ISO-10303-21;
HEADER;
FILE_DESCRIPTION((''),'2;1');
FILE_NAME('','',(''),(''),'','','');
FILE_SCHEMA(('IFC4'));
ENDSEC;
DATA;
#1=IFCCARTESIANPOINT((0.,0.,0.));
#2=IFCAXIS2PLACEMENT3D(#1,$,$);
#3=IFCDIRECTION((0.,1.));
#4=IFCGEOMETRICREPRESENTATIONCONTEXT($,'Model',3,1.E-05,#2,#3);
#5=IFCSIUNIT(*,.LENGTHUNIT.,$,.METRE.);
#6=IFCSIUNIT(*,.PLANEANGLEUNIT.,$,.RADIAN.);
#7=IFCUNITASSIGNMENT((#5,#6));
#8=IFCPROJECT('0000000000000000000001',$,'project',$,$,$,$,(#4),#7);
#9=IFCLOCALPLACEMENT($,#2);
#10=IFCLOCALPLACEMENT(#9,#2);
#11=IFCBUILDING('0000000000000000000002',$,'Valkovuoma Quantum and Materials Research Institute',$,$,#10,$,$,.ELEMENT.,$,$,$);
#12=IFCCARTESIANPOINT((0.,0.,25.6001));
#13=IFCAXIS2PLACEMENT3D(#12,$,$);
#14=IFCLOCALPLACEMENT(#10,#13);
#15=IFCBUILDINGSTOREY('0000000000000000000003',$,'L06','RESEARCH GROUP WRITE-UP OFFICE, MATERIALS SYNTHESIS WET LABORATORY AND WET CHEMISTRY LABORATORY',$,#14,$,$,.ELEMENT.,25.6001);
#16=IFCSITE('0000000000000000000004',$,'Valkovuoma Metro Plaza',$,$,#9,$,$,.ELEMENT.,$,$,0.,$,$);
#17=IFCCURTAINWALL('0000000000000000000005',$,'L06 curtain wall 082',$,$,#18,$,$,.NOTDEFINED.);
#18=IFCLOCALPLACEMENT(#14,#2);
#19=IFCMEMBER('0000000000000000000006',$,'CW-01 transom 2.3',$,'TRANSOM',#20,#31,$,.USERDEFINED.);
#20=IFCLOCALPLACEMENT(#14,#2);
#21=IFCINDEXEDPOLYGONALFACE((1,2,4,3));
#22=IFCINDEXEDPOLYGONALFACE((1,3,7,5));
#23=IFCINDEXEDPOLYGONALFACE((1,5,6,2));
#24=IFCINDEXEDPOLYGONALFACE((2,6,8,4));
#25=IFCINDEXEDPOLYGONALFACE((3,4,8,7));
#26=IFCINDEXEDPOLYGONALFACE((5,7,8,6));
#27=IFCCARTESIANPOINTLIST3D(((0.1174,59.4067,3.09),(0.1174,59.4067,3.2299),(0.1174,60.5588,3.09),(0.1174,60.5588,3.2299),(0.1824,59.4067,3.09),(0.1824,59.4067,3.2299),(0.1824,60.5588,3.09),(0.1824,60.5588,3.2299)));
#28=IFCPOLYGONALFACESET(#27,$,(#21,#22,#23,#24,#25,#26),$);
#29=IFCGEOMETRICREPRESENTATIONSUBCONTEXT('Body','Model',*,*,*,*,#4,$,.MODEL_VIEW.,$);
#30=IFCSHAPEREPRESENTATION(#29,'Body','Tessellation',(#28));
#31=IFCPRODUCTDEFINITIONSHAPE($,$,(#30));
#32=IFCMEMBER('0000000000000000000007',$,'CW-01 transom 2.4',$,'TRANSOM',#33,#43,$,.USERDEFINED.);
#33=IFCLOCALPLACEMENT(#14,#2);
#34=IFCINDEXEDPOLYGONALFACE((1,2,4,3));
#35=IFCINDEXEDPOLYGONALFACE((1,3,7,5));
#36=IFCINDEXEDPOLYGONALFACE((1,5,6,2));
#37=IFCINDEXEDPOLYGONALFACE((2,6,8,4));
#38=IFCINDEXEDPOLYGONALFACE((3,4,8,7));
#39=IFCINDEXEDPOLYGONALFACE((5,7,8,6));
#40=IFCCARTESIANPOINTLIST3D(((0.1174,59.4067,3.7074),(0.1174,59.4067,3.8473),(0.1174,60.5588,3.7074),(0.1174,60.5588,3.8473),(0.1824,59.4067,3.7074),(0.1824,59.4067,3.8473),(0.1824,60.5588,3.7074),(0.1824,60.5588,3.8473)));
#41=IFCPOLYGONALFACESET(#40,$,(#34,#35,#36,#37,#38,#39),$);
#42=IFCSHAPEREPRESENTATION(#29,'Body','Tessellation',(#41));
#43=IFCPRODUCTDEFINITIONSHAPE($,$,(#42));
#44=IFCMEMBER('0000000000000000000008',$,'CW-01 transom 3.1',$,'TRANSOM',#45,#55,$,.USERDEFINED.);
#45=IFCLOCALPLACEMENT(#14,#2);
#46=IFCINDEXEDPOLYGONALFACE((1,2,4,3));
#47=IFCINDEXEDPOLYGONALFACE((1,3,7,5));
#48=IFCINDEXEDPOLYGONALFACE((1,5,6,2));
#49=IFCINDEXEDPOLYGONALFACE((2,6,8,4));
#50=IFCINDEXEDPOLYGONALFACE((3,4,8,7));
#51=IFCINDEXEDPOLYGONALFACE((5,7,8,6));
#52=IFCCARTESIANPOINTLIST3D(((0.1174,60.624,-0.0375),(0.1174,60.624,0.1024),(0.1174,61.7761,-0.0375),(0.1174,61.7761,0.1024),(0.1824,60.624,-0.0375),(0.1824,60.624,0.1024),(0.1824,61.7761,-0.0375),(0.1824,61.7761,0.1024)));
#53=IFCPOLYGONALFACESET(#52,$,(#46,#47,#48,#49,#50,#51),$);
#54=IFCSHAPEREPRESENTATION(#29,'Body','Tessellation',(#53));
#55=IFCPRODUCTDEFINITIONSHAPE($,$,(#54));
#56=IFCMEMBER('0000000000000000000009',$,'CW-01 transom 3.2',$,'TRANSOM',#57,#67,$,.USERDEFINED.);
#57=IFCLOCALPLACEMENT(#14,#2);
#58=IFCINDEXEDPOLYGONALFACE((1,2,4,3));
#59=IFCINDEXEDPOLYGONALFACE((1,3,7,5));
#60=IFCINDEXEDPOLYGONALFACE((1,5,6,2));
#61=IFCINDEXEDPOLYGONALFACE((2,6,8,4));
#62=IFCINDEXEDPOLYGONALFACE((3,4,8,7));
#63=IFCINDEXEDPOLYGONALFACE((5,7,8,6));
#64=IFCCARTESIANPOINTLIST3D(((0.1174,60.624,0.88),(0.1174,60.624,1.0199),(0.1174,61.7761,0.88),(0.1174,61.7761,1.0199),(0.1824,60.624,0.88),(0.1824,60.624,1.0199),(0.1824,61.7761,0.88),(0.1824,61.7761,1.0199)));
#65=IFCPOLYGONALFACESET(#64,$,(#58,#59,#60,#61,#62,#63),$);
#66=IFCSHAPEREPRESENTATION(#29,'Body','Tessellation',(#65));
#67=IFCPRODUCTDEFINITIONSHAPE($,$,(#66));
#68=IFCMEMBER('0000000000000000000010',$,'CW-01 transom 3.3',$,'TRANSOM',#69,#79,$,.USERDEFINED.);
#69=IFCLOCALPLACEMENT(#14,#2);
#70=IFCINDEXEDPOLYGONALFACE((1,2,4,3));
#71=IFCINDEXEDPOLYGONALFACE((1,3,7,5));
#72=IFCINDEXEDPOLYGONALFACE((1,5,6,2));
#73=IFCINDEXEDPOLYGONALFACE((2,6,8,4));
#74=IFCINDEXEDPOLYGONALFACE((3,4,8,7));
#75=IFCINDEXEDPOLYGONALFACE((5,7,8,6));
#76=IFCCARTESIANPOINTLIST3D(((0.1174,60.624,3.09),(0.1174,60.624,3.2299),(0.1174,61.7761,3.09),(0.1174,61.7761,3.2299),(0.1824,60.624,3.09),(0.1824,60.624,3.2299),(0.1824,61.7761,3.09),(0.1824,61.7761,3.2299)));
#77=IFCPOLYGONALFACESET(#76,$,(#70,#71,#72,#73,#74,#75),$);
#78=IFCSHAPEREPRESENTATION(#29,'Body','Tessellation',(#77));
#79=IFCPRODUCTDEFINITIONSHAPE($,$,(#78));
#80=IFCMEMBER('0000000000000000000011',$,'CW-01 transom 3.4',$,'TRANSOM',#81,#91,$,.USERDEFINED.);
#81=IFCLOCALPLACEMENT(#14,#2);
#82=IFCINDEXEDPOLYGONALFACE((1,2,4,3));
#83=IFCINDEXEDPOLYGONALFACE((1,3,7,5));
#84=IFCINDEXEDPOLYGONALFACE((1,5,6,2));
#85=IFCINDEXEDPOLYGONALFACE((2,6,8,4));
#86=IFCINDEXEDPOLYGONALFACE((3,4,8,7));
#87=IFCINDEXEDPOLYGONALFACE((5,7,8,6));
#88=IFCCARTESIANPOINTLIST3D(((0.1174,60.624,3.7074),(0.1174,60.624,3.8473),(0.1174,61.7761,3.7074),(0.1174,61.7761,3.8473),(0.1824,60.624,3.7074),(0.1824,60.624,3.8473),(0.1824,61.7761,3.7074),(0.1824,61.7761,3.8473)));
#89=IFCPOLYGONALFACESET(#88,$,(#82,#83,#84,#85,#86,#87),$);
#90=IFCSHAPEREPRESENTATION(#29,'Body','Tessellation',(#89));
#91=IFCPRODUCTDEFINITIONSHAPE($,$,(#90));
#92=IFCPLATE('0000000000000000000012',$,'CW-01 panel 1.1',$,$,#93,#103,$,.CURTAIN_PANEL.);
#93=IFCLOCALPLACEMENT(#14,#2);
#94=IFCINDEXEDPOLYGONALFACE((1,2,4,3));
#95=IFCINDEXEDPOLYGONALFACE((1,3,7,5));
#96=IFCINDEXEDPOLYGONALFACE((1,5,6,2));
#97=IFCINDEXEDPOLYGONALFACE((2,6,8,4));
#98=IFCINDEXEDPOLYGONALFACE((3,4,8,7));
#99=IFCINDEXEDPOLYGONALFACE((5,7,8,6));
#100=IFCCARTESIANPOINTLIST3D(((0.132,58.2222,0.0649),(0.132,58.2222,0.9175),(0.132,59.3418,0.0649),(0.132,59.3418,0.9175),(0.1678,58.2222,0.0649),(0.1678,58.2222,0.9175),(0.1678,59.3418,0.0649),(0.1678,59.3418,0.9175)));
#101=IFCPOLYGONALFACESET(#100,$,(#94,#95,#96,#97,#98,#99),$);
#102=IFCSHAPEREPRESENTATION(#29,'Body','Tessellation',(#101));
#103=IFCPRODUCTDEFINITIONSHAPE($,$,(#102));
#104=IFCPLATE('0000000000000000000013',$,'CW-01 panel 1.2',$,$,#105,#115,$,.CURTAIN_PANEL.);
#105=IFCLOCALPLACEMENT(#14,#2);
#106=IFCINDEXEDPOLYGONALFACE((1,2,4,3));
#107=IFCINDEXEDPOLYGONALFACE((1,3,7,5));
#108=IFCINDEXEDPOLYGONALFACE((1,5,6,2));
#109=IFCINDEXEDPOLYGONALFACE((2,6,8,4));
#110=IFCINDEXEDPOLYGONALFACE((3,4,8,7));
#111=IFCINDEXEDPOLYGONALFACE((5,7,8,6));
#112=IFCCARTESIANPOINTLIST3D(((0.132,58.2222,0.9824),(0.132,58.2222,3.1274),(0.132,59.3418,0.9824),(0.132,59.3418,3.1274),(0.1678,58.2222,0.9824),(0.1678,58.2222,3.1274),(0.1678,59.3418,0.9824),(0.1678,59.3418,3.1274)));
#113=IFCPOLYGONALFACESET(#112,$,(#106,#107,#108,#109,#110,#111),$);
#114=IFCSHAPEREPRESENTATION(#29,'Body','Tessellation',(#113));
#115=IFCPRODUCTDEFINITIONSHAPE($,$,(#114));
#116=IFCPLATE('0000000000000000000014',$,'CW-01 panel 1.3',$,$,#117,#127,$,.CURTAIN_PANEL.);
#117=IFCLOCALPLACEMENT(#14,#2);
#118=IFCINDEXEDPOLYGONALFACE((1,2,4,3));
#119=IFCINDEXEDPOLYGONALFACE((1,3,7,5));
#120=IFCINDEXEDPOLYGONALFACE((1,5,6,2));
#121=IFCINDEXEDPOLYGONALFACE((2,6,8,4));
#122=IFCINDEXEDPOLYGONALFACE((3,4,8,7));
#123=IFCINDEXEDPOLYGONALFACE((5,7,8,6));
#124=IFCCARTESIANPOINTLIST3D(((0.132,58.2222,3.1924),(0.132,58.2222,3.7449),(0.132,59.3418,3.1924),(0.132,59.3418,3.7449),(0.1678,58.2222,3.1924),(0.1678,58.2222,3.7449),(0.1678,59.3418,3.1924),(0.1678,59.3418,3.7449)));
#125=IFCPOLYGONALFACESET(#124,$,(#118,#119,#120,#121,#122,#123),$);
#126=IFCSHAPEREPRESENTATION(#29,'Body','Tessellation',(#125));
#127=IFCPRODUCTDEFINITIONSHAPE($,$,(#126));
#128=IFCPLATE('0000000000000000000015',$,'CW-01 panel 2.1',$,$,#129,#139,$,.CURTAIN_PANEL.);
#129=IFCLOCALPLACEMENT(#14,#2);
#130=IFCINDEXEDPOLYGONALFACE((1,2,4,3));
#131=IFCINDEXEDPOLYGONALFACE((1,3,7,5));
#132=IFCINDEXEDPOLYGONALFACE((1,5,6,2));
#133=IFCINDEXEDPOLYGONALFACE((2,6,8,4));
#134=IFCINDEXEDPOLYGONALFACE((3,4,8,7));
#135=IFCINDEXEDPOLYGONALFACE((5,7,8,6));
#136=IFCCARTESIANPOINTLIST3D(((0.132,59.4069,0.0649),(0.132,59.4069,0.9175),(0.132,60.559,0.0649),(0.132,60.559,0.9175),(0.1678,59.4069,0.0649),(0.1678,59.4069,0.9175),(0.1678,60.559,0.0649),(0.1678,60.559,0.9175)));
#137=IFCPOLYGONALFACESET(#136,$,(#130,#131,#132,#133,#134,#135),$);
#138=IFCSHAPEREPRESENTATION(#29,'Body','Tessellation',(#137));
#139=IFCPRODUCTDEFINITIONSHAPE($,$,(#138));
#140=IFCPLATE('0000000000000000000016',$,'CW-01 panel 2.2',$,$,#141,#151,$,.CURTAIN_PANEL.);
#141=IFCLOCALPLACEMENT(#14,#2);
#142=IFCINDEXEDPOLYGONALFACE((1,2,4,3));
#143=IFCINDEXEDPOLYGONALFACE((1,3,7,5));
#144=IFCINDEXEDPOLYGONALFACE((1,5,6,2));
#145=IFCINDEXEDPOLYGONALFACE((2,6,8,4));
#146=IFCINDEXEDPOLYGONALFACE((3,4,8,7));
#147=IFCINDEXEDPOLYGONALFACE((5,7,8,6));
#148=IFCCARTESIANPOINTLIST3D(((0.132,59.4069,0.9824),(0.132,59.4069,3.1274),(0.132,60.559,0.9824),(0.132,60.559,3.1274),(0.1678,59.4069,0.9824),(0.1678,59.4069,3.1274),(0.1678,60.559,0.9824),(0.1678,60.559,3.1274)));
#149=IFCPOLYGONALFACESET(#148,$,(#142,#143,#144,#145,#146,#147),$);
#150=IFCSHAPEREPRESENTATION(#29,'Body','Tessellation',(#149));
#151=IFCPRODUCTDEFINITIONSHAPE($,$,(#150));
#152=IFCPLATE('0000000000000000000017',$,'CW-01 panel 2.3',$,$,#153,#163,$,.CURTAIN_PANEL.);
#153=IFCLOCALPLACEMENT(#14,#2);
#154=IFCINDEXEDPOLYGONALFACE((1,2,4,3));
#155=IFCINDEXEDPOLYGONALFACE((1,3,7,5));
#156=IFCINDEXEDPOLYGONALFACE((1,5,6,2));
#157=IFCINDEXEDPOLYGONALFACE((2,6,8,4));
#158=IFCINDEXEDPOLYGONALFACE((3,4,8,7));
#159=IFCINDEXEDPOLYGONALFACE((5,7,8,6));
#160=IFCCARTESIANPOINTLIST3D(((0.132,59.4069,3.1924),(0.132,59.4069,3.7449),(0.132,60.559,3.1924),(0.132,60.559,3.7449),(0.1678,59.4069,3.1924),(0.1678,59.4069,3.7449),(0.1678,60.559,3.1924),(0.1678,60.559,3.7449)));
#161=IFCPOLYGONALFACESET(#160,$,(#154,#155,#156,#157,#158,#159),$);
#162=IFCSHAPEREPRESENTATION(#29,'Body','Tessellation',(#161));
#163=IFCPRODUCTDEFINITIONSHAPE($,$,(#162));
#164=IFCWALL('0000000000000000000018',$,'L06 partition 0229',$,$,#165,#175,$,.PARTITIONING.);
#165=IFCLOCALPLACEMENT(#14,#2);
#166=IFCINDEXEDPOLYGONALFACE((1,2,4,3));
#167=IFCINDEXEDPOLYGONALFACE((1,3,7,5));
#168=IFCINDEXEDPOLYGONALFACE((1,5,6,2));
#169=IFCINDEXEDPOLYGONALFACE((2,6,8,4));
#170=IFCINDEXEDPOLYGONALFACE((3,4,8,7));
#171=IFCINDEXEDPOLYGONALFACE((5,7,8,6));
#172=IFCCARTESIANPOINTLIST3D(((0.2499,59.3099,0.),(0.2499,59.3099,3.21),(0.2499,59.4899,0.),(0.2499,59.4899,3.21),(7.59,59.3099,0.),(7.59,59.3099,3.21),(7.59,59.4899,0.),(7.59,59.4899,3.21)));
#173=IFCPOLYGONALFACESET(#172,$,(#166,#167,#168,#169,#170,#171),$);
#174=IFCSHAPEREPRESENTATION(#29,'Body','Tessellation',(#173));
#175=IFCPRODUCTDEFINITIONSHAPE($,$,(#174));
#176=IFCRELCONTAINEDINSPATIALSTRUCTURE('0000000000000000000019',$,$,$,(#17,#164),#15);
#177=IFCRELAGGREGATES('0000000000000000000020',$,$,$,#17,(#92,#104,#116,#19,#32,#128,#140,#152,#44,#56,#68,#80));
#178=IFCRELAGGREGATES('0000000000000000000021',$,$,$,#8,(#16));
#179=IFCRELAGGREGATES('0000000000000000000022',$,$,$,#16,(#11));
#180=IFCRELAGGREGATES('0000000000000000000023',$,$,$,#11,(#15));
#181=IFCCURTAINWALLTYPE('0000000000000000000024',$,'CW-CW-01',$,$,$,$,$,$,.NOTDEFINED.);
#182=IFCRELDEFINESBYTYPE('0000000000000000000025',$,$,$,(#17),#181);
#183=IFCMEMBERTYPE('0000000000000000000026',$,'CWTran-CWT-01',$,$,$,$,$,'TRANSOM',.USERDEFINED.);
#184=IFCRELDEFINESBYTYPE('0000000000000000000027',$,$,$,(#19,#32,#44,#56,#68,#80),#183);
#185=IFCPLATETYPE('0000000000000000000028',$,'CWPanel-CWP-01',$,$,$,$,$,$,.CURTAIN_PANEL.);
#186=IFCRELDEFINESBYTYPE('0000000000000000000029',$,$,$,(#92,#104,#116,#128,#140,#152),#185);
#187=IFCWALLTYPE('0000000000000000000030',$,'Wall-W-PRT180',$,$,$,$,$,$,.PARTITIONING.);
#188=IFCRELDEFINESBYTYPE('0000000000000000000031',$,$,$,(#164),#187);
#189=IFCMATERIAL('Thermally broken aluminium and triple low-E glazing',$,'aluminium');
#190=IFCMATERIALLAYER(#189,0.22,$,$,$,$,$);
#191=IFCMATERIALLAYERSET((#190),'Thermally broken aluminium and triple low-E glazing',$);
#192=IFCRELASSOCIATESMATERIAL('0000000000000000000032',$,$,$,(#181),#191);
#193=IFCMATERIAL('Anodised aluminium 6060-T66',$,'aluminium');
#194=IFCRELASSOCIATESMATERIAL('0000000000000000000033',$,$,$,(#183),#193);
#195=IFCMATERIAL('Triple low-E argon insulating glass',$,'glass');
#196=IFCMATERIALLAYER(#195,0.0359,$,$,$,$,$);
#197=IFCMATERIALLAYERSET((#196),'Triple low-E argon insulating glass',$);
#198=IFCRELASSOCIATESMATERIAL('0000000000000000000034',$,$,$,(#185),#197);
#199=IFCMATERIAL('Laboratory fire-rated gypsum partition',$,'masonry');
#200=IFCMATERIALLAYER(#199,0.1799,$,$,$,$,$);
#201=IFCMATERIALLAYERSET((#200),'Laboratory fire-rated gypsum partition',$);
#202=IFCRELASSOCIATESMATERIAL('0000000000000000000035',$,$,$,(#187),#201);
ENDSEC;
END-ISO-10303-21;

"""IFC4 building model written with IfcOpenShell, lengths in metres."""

from ifc_helpers import new_model, si_unit, direction, frame, frame_2d, origin, origin_2d, place, context, subcontext, project, spatial, rectangle, extrude, material, layer, layer_set, material_profile, profile_set, type_object, element, aggregate, save


model = new_model("IFC4")

# Units and contexts
model_context = context("Model", 3, precision=1e-05, world=origin(), true_north=direction((0.0, 1.0)))
body_context = subcontext(model_context, "Body", "Model", "MODEL_VIEW")
ifc_project = project(units=[si_unit("LENGTHUNIT", "METRE"), si_unit("PLANEANGLEUNIT", "RADIAN")], contexts=[model_context])

# Site, building, storey
site_placement = place(None, origin())
site = spatial("IfcSite", under=ifc_project, at=site_placement, Name="Valkovuoma Metro Plaza", CompositionType="ELEMENT", RefElevation=0.0)
building_placement = place(site_placement, origin())
building = spatial("IfcBuilding", under=site, at=building_placement, Name="Valkovuoma Quantum and Materials Research Institute", CompositionType="ELEMENT")
storey_placement = place(building_placement, frame((0.0, 0.0, 25.6001)))
storey = spatial("IfcBuildingStorey", under=building, at=storey_placement, Name="L06", Description="RESEARCH GROUP WRITE-UP OFFICE, MATERIALS SYNTHESIS WET LABORATORY AND WET CHEMISTRY LABORATORY", CompositionType="ELEMENT", Elevation=25.6001)

# Curtain wall, members, plates
ifc_material_1 = material(Name="Thermally broken aluminium and triple low-E glazing", Category="aluminium")
ifc_layer_1 = layer(ifc_material_1, 0.22)
ifc_layer_set_1 = layer_set([ifc_layer_1], Name="Thermally broken aluminium and triple low-E glazing")
curtain_wall_type = type_object("IfcCurtainWallType", Name="CW-CW-01", PredefinedType="NOTDEFINED", material=ifc_layer_set_1)
curtain_wall_placement = place(storey_placement, origin())
curtain_wall = element("IfcCurtainWall", 1, at=curtain_wall_placement, inside=storey, type_object=curtain_wall_type, Name="L06 curtain wall 082", PredefinedType="NOTDEFINED")
ifc_material_2 = material(Name="Anodised aluminium 6060-T66", Category="aluminium")
ifc_material_profile_1 = material_profile(ifc_material_2, rectangle(XDim=0.0649, YDim=0.1399, at=origin_2d()), Name="Anodised aluminium 6060-T66")
ifc_profile_set_1 = profile_set([ifc_material_profile_1], Name="Anodised aluminium 6060-T66")
member_type_1 = type_object("IfcMemberType", Name="CWTran-CWT-01", ElementType="TRANSOM", PredefinedType="USERDEFINED", material=ifc_profile_set_1)
member_1_placement = place(storey_placement, frame((0.1499, 59.4067, 3.1599), z_axis=(0.0, 1.0, 0.0), x_axis=(-1.0, 0.0, 0.0)))
member_1 = element("IfcMember", 2, at=member_1_placement, type_object=member_type_1, Name="CW-01 transom 2.3", ObjectType="TRANSOM", PredefinedType="USERDEFINED", context=body_context, shape_type="SweptSolid", body=[
    extrude(rectangle(XDim=0.0649, YDim=0.1399, at=origin_2d()), origin(), (0.0, 0.0, 1.0), 1.1521),
])
member_2_placement = place(storey_placement, frame((0.1499, 59.4067, 3.7773), z_axis=(0.0, 1.0, 0.0), x_axis=(-1.0, 0.0, 0.0)))
member_2 = element("IfcMember", 3, at=member_2_placement, type_object=member_type_1, Name="CW-01 transom 2.4", ObjectType="TRANSOM", PredefinedType="USERDEFINED", context=body_context, shape_type="SweptSolid", body=[
    extrude(rectangle(XDim=0.0649, YDim=0.1399, at=origin_2d()), origin(), (0.0, 0.0, 1.0), 1.1521),
])
member_3_placement = place(storey_placement, frame((0.1499, 60.624, 0.0325), z_axis=(0.0, 1.0, 0.0), x_axis=(-1.0, 0.0, 0.0)))
member_3 = element("IfcMember", 4, at=member_3_placement, type_object=member_type_1, Name="CW-01 transom 3.1", ObjectType="TRANSOM", PredefinedType="USERDEFINED", context=body_context, shape_type="SweptSolid", body=[
    extrude(rectangle(XDim=0.0649, YDim=0.1399, at=origin_2d()), origin(), (0.0, 0.0, 1.0), 1.1521),
])
member_4_placement = place(storey_placement, frame((0.1499, 60.624, 0.95), z_axis=(0.0, 1.0, 0.0), x_axis=(-1.0, 0.0, 0.0)))
member_4 = element("IfcMember", 5, at=member_4_placement, type_object=member_type_1, Name="CW-01 transom 3.2", ObjectType="TRANSOM", PredefinedType="USERDEFINED", context=body_context, shape_type="SweptSolid", body=[
    extrude(rectangle(XDim=0.0649, YDim=0.1399, at=origin_2d()), origin(), (0.0, 0.0, 1.0), 1.1521),
])
member_5_placement = place(storey_placement, frame((0.1499, 60.624, 3.1599), z_axis=(0.0, 1.0, 0.0), x_axis=(-1.0, 0.0, 0.0)))
member_5 = element("IfcMember", 6, at=member_5_placement, type_object=member_type_1, Name="CW-01 transom 3.3", ObjectType="TRANSOM", PredefinedType="USERDEFINED", context=body_context, shape_type="SweptSolid", body=[
    extrude(rectangle(XDim=0.0649, YDim=0.1399, at=origin_2d()), origin(), (0.0, 0.0, 1.0), 1.1521),
])
member_6_placement = place(storey_placement, frame((0.1499, 60.624, 3.7773), z_axis=(0.0, 1.0, 0.0), x_axis=(-1.0, 0.0, 0.0)))
member_6 = element("IfcMember", 7, at=member_6_placement, type_object=member_type_1, Name="CW-01 transom 3.4", ObjectType="TRANSOM", PredefinedType="USERDEFINED", context=body_context, shape_type="SweptSolid", body=[
    extrude(rectangle(XDim=0.0649, YDim=0.1399, at=origin_2d()), origin(), (0.0, 0.0, 1.0), 1.1521),
])
ifc_material_3 = material(Name="Triple low-E argon insulating glass", Category="glass")
ifc_layer_2 = layer(ifc_material_3, 0.0359)
ifc_layer_set_2 = layer_set([ifc_layer_2], Name="Triple low-E argon insulating glass")
plate_type = type_object("IfcPlateType", Name="CWPanel-CWP-01", PredefinedType="CURTAIN_PANEL", material=ifc_layer_set_2)
plate_1_placement = place(storey_placement, frame((0.1499, 58.782, 0.0649), z_axis=(0.0, 0.0, 1.0), x_axis=(0.0, 1.0, 0.0)))
plate_1 = element("IfcPlate", 8, at=plate_1_placement, type_object=plate_type, Name="CW-01 panel 1.1", PredefinedType="CURTAIN_PANEL", context=body_context, shape_type="SweptSolid", body=[
    extrude(rectangle(XDim=1.1196, YDim=0.0359, at=origin_2d()), origin(), (0.0, 0.0, 1.0), 0.8525),
])
plate_2_placement = place(storey_placement, frame((0.1499, 58.782, 0.9824), z_axis=(0.0, 0.0, 1.0), x_axis=(0.0, 1.0, 0.0)))
plate_2 = element("IfcPlate", 9, at=plate_2_placement, type_object=plate_type, Name="CW-01 panel 1.2", PredefinedType="CURTAIN_PANEL", context=body_context, shape_type="SweptSolid", body=[
    extrude(rectangle(XDim=1.1196, YDim=0.0359, at=origin_2d()), origin(), (0.0, 0.0, 1.0), 2.145),
])
plate_3_placement = place(storey_placement, frame((0.1499, 58.782, 3.1924), z_axis=(0.0, 0.0, 1.0), x_axis=(0.0, 1.0, 0.0)))
plate_3 = element("IfcPlate", 10, at=plate_3_placement, type_object=plate_type, Name="CW-01 panel 1.3", PredefinedType="CURTAIN_PANEL", context=body_context, shape_type="SweptSolid", body=[
    extrude(rectangle(XDim=1.1196, YDim=0.0359, at=origin_2d()), origin(), (0.0, 0.0, 1.0), 0.5525),
])
plate_4_placement = place(storey_placement, frame((0.1499, 59.9829, 0.0649), z_axis=(0.0, 0.0, 1.0), x_axis=(0.0, 1.0, 0.0)))
plate_4 = element("IfcPlate", 11, at=plate_4_placement, type_object=plate_type, Name="CW-01 panel 2.1", PredefinedType="CURTAIN_PANEL", context=body_context, shape_type="SweptSolid", body=[
    extrude(rectangle(XDim=1.1521, YDim=0.0359, at=origin_2d()), origin(), (0.0, 0.0, 1.0), 0.8525),
])
plate_5_placement = place(storey_placement, frame((0.1499, 59.9829, 0.9824), z_axis=(0.0, 0.0, 1.0), x_axis=(0.0, 1.0, 0.0)))
plate_5 = element("IfcPlate", 12, at=plate_5_placement, type_object=plate_type, Name="CW-01 panel 2.2", PredefinedType="CURTAIN_PANEL", context=body_context, shape_type="SweptSolid", body=[
    extrude(rectangle(XDim=1.1521, YDim=0.0359, at=origin_2d()), origin(), (0.0, 0.0, 1.0), 2.145),
])
plate_6_placement = place(storey_placement, frame((0.1499, 59.9829, 3.1924), z_axis=(0.0, 0.0, 1.0), x_axis=(0.0, 1.0, 0.0)))
plate_6 = element("IfcPlate", 13, at=plate_6_placement, type_object=plate_type, Name="CW-01 panel 2.3", PredefinedType="CURTAIN_PANEL", context=body_context, shape_type="SweptSolid", body=[
    extrude(rectangle(XDim=1.1521, YDim=0.0359, at=origin_2d()), origin(), (0.0, 0.0, 1.0), 0.5525),
])
aggregate(curtain_wall, [plate_1, plate_2, plate_3, member_1, member_2, plate_4, plate_5, plate_6, member_3, member_4, member_5, member_6])

# Wall
ifc_material_4 = material(Name="Laboratory fire-rated gypsum partition", Category="masonry")
ifc_layer_3 = layer(ifc_material_4, 0.1799)
ifc_layer_set_3 = layer_set([ifc_layer_3], Name="Laboratory fire-rated gypsum partition")
wall_type = type_object("IfcWallType", Name="Wall-W-PRT180", PredefinedType="PARTITIONING", material=ifc_layer_set_3)
wall_1_placement = place(storey_placement, frame((0.25, 59.3999, 0.0), z_axis=(0.0, 0.0, 1.0), x_axis=(1.0, 0.0, 0.0)))
element("IfcWall", 14, at=wall_1_placement, inside=storey, type_object=wall_type, Name="L06 partition 0229", PredefinedType="PARTITIONING", context=body_context, shape_type="SweptSolid", body=[
    extrude(rectangle(XDim=7.3401, YDim=0.1799, at=frame_2d((3.6699, 0.0))), origin(), (0.0, 0.0, 1.0), 3.21),
])

save(model, "model.ifc")
